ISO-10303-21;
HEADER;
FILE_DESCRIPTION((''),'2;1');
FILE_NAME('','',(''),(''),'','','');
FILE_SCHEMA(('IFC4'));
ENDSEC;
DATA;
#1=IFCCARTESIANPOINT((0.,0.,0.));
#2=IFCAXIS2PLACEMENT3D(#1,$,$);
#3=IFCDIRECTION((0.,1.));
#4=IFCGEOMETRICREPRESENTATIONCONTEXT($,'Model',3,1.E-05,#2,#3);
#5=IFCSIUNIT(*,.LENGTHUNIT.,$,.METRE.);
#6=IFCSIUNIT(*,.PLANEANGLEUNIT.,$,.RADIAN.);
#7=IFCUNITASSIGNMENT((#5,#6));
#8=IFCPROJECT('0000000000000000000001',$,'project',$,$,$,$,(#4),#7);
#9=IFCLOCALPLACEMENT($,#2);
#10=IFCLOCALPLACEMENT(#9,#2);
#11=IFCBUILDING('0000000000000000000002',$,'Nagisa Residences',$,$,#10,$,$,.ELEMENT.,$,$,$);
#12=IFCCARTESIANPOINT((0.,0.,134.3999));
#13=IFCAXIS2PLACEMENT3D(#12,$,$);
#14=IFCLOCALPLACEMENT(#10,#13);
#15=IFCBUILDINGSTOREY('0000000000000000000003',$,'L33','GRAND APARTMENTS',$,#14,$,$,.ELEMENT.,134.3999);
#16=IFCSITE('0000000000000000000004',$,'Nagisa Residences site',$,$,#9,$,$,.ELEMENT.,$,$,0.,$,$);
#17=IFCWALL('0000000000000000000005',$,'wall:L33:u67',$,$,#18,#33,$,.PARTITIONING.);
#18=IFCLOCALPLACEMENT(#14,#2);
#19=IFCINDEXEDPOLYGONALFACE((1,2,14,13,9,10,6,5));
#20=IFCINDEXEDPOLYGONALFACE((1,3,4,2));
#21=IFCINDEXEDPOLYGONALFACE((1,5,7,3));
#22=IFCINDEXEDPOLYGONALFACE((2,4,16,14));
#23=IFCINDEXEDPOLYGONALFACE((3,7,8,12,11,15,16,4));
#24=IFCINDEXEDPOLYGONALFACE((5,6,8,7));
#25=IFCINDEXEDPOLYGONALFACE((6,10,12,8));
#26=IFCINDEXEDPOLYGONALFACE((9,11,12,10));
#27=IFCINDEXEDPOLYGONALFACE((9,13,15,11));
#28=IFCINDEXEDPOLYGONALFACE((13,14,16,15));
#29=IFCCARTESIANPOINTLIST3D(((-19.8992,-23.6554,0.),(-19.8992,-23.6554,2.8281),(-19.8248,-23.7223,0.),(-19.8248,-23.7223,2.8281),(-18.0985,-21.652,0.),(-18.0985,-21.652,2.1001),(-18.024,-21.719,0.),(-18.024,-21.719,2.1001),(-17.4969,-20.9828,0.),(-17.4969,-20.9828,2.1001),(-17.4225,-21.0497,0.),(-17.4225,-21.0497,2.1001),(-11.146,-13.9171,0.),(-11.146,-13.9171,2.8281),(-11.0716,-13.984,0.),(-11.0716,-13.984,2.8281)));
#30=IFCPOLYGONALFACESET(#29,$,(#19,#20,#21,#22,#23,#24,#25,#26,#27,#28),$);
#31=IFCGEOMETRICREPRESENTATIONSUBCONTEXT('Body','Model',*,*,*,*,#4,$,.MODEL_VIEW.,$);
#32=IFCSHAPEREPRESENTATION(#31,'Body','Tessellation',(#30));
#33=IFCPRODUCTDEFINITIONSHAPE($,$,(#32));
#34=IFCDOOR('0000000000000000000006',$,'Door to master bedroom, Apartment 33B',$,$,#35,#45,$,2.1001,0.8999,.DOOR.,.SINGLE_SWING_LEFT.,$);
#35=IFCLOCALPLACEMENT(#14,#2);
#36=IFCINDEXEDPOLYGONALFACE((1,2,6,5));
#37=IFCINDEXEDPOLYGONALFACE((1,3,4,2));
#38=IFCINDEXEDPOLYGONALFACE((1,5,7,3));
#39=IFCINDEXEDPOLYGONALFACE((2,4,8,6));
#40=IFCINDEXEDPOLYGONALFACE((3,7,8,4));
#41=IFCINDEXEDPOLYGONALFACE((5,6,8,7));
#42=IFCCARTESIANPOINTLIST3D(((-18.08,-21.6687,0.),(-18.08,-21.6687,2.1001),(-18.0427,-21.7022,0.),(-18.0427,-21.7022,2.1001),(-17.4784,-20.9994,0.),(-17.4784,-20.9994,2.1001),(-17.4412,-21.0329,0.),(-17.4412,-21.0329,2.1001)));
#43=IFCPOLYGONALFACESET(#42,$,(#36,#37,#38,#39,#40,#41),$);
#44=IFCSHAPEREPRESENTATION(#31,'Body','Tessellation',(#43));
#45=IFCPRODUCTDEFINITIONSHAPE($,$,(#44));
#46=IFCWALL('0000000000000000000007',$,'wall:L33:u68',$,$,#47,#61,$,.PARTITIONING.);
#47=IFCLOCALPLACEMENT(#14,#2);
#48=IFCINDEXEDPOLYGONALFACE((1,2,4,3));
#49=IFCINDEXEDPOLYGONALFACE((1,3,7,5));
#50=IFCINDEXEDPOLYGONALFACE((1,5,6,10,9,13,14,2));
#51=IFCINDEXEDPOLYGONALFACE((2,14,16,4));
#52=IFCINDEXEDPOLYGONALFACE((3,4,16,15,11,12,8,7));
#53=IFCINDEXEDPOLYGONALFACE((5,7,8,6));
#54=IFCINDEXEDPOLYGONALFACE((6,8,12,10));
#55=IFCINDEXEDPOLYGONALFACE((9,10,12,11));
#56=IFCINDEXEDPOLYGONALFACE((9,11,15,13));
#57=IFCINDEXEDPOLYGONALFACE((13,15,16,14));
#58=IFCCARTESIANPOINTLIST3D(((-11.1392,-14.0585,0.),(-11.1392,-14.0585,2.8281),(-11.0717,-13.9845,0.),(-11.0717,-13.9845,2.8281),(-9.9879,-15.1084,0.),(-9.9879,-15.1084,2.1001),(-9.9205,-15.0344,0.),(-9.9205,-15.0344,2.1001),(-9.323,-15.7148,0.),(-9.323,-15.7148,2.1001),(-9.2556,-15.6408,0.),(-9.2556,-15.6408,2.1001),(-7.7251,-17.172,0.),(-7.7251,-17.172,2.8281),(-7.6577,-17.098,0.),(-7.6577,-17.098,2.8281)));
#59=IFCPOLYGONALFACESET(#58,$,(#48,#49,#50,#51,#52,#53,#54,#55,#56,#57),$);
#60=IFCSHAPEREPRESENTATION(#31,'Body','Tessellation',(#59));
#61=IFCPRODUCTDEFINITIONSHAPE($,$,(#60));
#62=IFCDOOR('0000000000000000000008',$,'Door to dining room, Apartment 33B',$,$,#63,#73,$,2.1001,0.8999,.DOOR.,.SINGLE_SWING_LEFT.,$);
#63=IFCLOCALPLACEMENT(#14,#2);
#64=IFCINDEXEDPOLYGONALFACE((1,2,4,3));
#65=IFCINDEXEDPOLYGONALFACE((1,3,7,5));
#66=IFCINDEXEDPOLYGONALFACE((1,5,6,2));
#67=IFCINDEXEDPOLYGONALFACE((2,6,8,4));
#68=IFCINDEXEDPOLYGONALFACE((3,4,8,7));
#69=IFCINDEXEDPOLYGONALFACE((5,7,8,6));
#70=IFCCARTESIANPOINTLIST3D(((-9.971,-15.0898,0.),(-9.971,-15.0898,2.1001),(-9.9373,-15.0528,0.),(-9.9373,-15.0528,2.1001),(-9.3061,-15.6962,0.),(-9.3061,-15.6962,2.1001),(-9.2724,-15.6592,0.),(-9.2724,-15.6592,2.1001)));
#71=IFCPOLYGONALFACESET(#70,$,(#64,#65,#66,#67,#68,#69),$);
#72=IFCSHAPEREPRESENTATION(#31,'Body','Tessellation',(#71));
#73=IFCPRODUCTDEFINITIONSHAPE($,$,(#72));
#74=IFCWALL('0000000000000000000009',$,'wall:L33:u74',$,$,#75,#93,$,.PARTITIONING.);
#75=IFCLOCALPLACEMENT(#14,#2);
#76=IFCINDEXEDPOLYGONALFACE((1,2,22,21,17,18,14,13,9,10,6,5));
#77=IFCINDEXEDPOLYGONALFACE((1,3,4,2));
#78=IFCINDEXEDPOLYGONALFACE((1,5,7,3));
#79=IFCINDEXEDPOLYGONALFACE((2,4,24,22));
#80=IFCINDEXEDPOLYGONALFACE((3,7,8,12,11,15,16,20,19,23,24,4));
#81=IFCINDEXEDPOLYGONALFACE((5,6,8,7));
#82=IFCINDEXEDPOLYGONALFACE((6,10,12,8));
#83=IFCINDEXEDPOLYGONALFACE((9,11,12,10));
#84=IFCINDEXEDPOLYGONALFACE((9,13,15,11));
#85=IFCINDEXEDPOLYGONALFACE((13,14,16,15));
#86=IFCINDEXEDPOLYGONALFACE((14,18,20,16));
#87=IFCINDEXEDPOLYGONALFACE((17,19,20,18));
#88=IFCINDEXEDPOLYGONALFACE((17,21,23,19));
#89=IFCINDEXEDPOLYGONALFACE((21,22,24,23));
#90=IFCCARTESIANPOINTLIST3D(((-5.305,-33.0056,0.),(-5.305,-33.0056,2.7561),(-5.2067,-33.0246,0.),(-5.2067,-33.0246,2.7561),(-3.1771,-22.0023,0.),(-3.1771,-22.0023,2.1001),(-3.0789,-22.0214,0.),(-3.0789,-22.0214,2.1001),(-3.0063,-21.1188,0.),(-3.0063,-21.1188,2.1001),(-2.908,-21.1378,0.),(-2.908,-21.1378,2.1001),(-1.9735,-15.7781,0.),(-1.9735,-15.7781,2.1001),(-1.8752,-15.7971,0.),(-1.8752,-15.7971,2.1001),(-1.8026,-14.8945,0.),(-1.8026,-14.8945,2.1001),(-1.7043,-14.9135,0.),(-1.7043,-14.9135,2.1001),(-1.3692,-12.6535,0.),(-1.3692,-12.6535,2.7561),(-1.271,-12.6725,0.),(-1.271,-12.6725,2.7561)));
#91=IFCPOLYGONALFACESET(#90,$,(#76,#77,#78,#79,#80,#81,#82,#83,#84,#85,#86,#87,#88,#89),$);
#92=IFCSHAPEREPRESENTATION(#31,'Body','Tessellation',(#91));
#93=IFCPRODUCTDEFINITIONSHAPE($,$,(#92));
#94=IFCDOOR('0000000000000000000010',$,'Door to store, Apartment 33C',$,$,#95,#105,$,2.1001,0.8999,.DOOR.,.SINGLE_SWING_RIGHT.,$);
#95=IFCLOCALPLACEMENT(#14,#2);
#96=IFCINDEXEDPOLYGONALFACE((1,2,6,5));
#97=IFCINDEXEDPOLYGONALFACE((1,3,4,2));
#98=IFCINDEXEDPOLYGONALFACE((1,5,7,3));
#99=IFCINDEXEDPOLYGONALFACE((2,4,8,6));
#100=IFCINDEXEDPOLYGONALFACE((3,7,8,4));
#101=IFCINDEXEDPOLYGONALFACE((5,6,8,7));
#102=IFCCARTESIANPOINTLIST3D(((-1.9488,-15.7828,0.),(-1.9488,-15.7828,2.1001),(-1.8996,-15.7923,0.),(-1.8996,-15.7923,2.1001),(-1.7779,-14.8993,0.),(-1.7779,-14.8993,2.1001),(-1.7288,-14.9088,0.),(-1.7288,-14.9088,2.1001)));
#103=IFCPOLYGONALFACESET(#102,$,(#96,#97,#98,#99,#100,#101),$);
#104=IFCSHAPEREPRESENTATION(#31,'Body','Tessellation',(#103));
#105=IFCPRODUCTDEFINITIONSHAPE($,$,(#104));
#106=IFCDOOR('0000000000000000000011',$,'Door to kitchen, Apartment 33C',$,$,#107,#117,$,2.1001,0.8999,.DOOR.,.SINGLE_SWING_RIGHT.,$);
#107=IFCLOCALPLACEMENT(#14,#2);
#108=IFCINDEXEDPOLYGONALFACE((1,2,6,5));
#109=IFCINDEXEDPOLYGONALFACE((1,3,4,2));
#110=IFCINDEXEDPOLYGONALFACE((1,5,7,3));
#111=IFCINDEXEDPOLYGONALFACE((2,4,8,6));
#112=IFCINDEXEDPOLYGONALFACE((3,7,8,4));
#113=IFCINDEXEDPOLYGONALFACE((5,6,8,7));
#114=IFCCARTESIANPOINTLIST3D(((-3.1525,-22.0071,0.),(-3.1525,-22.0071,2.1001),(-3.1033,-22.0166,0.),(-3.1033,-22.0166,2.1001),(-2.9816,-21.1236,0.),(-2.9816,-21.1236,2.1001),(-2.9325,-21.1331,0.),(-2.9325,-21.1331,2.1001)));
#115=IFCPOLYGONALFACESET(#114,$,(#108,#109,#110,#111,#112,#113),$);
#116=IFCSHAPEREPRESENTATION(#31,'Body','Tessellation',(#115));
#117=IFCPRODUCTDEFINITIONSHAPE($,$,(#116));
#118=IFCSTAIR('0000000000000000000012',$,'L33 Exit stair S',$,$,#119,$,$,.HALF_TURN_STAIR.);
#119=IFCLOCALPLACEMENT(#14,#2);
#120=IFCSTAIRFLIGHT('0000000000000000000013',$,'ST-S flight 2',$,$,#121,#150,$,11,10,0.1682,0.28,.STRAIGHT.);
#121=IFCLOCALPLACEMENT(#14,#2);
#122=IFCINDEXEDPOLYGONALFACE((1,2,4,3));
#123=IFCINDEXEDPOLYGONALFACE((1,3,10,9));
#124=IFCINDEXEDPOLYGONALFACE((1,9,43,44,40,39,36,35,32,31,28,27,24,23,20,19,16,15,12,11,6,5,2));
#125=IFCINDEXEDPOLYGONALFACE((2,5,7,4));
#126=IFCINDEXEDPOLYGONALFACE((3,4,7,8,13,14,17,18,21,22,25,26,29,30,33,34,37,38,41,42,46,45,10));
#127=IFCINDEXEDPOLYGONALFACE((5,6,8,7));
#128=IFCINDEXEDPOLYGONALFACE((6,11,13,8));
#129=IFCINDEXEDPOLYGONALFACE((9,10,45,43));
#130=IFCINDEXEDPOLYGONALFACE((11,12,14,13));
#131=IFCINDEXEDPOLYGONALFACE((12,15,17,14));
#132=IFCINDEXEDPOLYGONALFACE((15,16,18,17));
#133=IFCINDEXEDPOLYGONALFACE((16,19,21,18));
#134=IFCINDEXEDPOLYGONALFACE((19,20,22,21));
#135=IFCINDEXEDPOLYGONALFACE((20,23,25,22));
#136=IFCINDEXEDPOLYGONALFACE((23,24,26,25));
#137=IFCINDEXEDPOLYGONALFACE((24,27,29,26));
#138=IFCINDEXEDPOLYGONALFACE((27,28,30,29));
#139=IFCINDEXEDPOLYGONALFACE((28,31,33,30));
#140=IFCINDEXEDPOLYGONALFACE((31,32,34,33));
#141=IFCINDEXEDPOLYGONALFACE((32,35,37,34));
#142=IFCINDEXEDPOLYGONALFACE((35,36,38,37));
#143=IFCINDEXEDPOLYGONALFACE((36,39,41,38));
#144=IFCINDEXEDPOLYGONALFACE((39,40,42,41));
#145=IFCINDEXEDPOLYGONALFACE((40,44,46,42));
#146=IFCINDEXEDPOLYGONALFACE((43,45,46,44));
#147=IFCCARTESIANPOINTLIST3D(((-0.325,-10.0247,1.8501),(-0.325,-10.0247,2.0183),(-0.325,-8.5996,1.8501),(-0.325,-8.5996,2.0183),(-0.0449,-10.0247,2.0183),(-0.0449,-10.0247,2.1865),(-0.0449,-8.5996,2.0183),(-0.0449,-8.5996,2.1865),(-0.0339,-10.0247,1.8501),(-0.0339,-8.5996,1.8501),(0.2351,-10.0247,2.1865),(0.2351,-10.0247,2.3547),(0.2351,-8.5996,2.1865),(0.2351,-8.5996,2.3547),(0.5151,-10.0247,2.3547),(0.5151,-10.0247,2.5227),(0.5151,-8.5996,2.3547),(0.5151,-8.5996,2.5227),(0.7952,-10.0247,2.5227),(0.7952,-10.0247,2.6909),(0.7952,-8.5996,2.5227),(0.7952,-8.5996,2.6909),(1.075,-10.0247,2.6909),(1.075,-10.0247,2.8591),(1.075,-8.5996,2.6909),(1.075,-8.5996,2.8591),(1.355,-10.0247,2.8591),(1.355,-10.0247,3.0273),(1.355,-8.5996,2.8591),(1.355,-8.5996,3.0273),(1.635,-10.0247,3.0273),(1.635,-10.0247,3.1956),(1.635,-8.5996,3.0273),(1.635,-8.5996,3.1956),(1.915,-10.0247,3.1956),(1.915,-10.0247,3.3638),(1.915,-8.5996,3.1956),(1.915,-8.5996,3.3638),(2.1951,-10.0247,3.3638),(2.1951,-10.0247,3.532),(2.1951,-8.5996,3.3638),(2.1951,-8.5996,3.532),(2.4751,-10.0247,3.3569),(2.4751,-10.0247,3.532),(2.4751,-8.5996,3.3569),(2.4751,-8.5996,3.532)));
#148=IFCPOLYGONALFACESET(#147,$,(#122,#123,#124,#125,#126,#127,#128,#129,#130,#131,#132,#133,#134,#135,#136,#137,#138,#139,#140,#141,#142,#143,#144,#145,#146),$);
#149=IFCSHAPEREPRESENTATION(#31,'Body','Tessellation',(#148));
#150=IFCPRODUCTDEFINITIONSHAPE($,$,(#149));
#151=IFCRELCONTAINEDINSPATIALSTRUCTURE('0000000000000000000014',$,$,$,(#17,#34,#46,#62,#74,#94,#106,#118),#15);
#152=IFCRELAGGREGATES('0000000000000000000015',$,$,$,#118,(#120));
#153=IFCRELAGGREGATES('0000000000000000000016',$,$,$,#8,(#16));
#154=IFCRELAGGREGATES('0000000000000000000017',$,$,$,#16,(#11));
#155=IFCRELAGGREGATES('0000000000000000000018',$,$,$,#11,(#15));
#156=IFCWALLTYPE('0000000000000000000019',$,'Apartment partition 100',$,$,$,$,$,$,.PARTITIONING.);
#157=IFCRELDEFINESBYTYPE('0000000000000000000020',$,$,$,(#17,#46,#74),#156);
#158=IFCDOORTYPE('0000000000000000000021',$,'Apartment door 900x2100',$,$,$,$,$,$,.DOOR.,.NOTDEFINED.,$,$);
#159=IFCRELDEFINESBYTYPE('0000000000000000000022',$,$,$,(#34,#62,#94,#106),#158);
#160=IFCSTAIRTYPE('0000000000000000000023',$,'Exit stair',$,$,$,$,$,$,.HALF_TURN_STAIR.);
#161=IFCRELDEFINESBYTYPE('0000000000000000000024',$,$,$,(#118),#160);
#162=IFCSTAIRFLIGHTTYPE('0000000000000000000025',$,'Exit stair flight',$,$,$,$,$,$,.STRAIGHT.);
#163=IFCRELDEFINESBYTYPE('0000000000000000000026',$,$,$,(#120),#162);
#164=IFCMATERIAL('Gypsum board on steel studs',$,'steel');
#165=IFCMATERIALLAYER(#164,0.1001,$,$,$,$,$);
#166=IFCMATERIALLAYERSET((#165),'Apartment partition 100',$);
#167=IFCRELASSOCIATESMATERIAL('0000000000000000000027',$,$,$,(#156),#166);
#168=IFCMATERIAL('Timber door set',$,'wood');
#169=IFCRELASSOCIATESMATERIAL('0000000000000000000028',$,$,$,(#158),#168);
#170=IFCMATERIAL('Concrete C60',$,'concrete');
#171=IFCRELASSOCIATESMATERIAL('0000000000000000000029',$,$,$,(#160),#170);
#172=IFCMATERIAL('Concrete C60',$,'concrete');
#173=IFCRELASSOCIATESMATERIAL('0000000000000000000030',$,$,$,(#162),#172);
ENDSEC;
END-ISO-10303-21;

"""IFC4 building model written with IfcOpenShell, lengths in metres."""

from ifc_helpers import new_model, si_unit, direction, frame, frame_2d, origin, place, context, subcontext, project, spatial, polyline, rectangle, outline, extrude, material, layer, layer_set, type_object, element, fill, aggregate, save


model = new_model("IFC4")

# Units and contexts
model_context = context("Model", 3, precision=1e-05, world=origin(), true_north=direction((0.0, 1.0)))
body_context = subcontext(model_context, "Body", "Model", "MODEL_VIEW")
ifc_project = project(units=[si_unit("LENGTHUNIT", "METRE"), si_unit("PLANEANGLEUNIT", "RADIAN")], contexts=[model_context])

# Site, building, storey
site_placement = place(None, origin())
site = spatial("IfcSite", under=ifc_project, at=site_placement, Name="Nagisa Residences site", CompositionType="ELEMENT", RefElevation=0.0)
building_placement = place(site_placement, origin())
building = spatial("IfcBuilding", under=site, at=building_placement, Name="Nagisa Residences", CompositionType="ELEMENT")
storey_placement = place(building_placement, frame((0.0, 0.0, 134.3999)))
storey = spatial("IfcBuildingStorey", under=building, at=storey_placement, Name="L33", Description="GRAND APARTMENTS", CompositionType="ELEMENT", Elevation=134.3999)

# Shared definitions
ifc_material_1 = material(Name="Gypsum board on steel studs", Category="steel")
ifc_layer_1 = layer(ifc_material_1, 0.1001)
ifc_layer_set_1 = layer_set([ifc_layer_1], Name="Apartment partition 100")
wall_type_1 = type_object("IfcWallType", Name="Apartment partition 100", PredefinedType="PARTITIONING", material=ifc_layer_set_1)
ifc_material_2 = material(Name="Timber door set", Category="wood")
door_type_1 = type_object("IfcDoorType", Name="Apartment door 900x2100", OperationType="NOTDEFINED", PredefinedType="DOOR", material=ifc_material_2)

# Walls, openings, doors
wall_1_placement = place(storey_placement, frame((-11.1089, -13.9507, 0.0), z_axis=(0.0, 0.0, 1.0), x_axis=(-0.668489, -0.743722, 0.0)))
wall_1 = element("IfcWall", 1, at=wall_1_placement, inside=storey, type_object=wall_type_1, Name="wall:L33:u67", PredefinedType="PARTITIONING", context=body_context, shape_type="SweptSolid", body=[
    extrude(rectangle(XDim=13.094, YDim=0.1001, at=frame_2d((6.5469, 0.0))), origin(), (0.0, 0.0, 1.0), 2.8281),
])
opening_1_placement = place(wall_1_placement, frame((9.5002, 0.0, 0.0)))
opening_1 = element("IfcOpeningElement", 2, at=opening_1_placement, cuts=wall_1, PredefinedType="OPENING", context=body_context, shape_type="SweptSolid", body=[
    extrude(rectangle(XDim=0.8999, YDim=2.1001, at=frame_2d((0.45, 1.05))), frame((0.0, 0.0601, 0.0), z_axis=(0.0, -1.0, 0.0), x_axis=(1.0, 0.0, 0.0)), (0.0, 0.0, 1.0), 0.1201),
])
door_1_placement = place(opening_1_placement, origin())
door_1 = element("IfcDoor", 3, at=door_1_placement, inside=storey, type_object=door_type_1, Name="Door to master bedroom, Apartment 33B", OperationType="SINGLE_SWING_LEFT", OverallHeight=2.1001, OverallWidth=0.8999, PredefinedType="DOOR", context=body_context, shape_type="SweptSolid", body=[
    extrude(rectangle(XDim=0.8999, YDim=2.1001, at=frame_2d((0.45, 1.05))), frame((0.0, 0.0249, 0.0), z_axis=(0.0, -1.0, 0.0), x_axis=(1.0, 0.0, 0.0)), (0.0, 0.0, 1.0), 0.05),
])
fill(opening_1, door_1)
wall_2_placement = place(storey_placement, frame((-11.1055, -14.0215, 0.0), z_axis=(0.0, 0.0, 1.0), x_axis=(0.73888, -0.673837, 0.0)))
wall_2 = element("IfcWall", 4, at=wall_2_placement, inside=storey, type_object=wall_type_1, Name="wall:L33:u68", PredefinedType="PARTITIONING", context=body_context, shape_type="SweptSolid", body=[
    extrude(rectangle(XDim=4.6206, YDim=0.1001, at=frame_2d((2.3103, 0.0))), origin(), (0.0, 0.0, 1.0), 2.8281),
])
opening_2_placement = place(wall_2_placement, frame((1.5581, 0.0, 0.0)))
opening_2 = element("IfcOpeningElement", 5, at=opening_2_placement, cuts=wall_2, PredefinedType="OPENING", context=body_context, shape_type="SweptSolid", body=[
    extrude(rectangle(XDim=0.8999, YDim=2.1001, at=frame_2d((0.45, 1.05))), frame((0.0, 0.0601, 0.0), z_axis=(0.0, -1.0, 0.0), x_axis=(1.0, 0.0, 0.0)), (0.0, 0.0, 1.0), 0.1201),
])
door_2_placement = place(opening_2_placement, frame((0.8999, 0.0, 0.0), x_axis=(-1.0, 0.0, 0.0)))
door_2 = element("IfcDoor", 6, at=door_2_placement, inside=storey, type_object=door_type_1, Name="Door to dining room, Apartment 33B", OperationType="SINGLE_SWING_LEFT", OverallHeight=2.1001, OverallWidth=0.8999, PredefinedType="DOOR", context=body_context, shape_type="SweptSolid", body=[
    extrude(rectangle(XDim=0.8999, YDim=2.1001, at=frame_2d((0.45, 1.05))), frame((0.0, 0.0249, 0.0), z_axis=(0.0, -1.0, 0.0), x_axis=(1.0, 0.0, 0.0)), (0.0, 0.0, 1.0), 0.05),
])
fill(opening_2, door_2)

# Wall, openings, doors
wall_3_placement = place(storey_placement, frame((-1.3201, -12.6628, 0.0), z_axis=(0.0, 0.0, 1.0), x_axis=(-0.189866, -0.98181, 0.0)))
wall_3 = element("IfcWall", 7, at=wall_3_placement, inside=storey, type_object=wall_type_1, Name="wall:L33:u74", PredefinedType="PARTITIONING", context=body_context, shape_type="SweptSolid", body=[
    extrude(rectangle(XDim=20.7292, YDim=0.1001, at=frame_2d((10.3647, 0.0))), origin(), (0.0, 0.0, 1.0), 2.7561),
])
opening_3_placement = place(wall_3_placement, frame((2.2827, 0.0, 0.0)))
opening_3 = element("IfcOpeningElement", 8, at=opening_3_placement, cuts=wall_3, PredefinedType="OPENING", context=body_context, shape_type="SweptSolid", body=[
    extrude(rectangle(XDim=0.8999, YDim=2.1001, at=frame_2d((0.45, 1.05))), frame((0.0, 0.0601, 0.0), z_axis=(0.0, -1.0, 0.0), x_axis=(1.0, 0.0, 0.0)), (0.0, 0.0, 1.0), 0.1201),
])
opening_4_placement = place(wall_3_placement, frame((8.6223, 0.0, 0.0)))
opening_4 = element("IfcOpeningElement", 9, at=opening_4_placement, cuts=wall_3, PredefinedType="OPENING", context=body_context, shape_type="SweptSolid", body=[
    extrude(rectangle(XDim=0.8999, YDim=2.1001, at=frame_2d((0.45, 1.05))), frame((0.0, 0.0601, 0.0), z_axis=(0.0, -1.0, 0.0), x_axis=(1.0, 0.0, 0.0)), (0.0, 0.0, 1.0), 0.1201),
])
door_3_placement = place(opening_3_placement, frame((0.8999, 0.0, 0.0), x_axis=(-1.0, 0.0, 0.0)))
door_3 = element("IfcDoor", 10, at=door_3_placement, inside=storey, type_object=door_type_1, Name="Door to store, Apartment 33C", OperationType="SINGLE_SWING_RIGHT", OverallHeight=2.1001, OverallWidth=0.8999, PredefinedType="DOOR", context=body_context, shape_type="SweptSolid", body=[
    extrude(rectangle(XDim=0.8999, YDim=2.1001, at=frame_2d((0.45, 1.05))), frame((0.0, 0.0249, 0.0), z_axis=(0.0, -1.0, 0.0), x_axis=(1.0, 0.0, 0.0)), (0.0, 0.0, 1.0), 0.05),
])
fill(opening_3, door_3)
door_4_placement = place(opening_4_placement, frame((0.8999, 0.0, 0.0), x_axis=(-1.0, 0.0, 0.0)))
door_4 = element("IfcDoor", 11, at=door_4_placement, inside=storey, type_object=door_type_1, Name="Door to kitchen, Apartment 33C", OperationType="SINGLE_SWING_RIGHT", OverallHeight=2.1001, OverallWidth=0.8999, PredefinedType="DOOR", context=body_context, shape_type="SweptSolid", body=[
    extrude(rectangle(XDim=0.8999, YDim=2.1001, at=frame_2d((0.45, 1.05))), frame((0.0, 0.0249, 0.0), z_axis=(0.0, -1.0, 0.0), x_axis=(1.0, 0.0, 0.0)), (0.0, 0.0, 1.0), 0.05),
])
fill(opening_4, door_4)

# Stair, stair flight
ifc_material_3 = material(Name="Concrete C60", Category="concrete")
stair_type = type_object("IfcStairType", Name="Exit stair", PredefinedType="HALF_TURN_STAIR", material=ifc_material_3)
stair_placement = place(storey_placement, origin())
stair = element("IfcStair", 12, at=stair_placement, inside=storey, type_object=stair_type, Name="L33 Exit stair S", PredefinedType="HALF_TURN_STAIR")
ifc_material_4 = material(Name="Concrete C60", Category="concrete")
stair_flight_type = type_object("IfcStairFlightType", Name="Exit stair flight", PredefinedType="STRAIGHT", material=ifc_material_4)
stair_flight_placement = place(storey_placement, frame((-0.325, -9.312, 1.8501), z_axis=(0.0, 0.0, 1.0), x_axis=(1.0, 0.0, 0.0)))
stair_flight = element("IfcStairFlight", 13, at=stair_flight_placement, type_object=stair_flight_type, Name="ST-S flight 2", NumberOfRisers=11, NumberOfTreads=10, PredefinedType="STRAIGHT", RiserHeight=0.1682, TreadLength=0.28, context=body_context, shape_type="SweptSolid", body=[
    extrude(outline(polyline([(0.0, 0.0), (0.0, 0.1682), (0.28, 0.1682), (0.28, 0.3364), (0.5601, 0.3364), (0.5601, 0.5046), (0.8401, 0.5046), (0.8401, 0.6726), (1.1201, 0.6726), (1.1201, 0.8408), (1.3999, 0.8408), (1.3999, 1.009), (1.6799, 1.009), (1.6799, 1.1772), (1.96, 1.1772), (1.96, 1.3455), (2.24, 1.3455), (2.24, 1.5137), (2.52, 1.5137), (2.52, 1.6819), (2.8, 1.6819), (2.8, 1.8501), (2.8, 1.5068), (0.291, 0.0), (0.0, 0.0)])), frame((0.0, 0.7124, 0.0), z_axis=(0.0, -1.0, 0.0), x_axis=(1.0, 0.0, 0.0)), (0.0, 0.0, 1.0), 1.425),
])
aggregate(stair, [stair_flight])

save(model, "model.ifc")
